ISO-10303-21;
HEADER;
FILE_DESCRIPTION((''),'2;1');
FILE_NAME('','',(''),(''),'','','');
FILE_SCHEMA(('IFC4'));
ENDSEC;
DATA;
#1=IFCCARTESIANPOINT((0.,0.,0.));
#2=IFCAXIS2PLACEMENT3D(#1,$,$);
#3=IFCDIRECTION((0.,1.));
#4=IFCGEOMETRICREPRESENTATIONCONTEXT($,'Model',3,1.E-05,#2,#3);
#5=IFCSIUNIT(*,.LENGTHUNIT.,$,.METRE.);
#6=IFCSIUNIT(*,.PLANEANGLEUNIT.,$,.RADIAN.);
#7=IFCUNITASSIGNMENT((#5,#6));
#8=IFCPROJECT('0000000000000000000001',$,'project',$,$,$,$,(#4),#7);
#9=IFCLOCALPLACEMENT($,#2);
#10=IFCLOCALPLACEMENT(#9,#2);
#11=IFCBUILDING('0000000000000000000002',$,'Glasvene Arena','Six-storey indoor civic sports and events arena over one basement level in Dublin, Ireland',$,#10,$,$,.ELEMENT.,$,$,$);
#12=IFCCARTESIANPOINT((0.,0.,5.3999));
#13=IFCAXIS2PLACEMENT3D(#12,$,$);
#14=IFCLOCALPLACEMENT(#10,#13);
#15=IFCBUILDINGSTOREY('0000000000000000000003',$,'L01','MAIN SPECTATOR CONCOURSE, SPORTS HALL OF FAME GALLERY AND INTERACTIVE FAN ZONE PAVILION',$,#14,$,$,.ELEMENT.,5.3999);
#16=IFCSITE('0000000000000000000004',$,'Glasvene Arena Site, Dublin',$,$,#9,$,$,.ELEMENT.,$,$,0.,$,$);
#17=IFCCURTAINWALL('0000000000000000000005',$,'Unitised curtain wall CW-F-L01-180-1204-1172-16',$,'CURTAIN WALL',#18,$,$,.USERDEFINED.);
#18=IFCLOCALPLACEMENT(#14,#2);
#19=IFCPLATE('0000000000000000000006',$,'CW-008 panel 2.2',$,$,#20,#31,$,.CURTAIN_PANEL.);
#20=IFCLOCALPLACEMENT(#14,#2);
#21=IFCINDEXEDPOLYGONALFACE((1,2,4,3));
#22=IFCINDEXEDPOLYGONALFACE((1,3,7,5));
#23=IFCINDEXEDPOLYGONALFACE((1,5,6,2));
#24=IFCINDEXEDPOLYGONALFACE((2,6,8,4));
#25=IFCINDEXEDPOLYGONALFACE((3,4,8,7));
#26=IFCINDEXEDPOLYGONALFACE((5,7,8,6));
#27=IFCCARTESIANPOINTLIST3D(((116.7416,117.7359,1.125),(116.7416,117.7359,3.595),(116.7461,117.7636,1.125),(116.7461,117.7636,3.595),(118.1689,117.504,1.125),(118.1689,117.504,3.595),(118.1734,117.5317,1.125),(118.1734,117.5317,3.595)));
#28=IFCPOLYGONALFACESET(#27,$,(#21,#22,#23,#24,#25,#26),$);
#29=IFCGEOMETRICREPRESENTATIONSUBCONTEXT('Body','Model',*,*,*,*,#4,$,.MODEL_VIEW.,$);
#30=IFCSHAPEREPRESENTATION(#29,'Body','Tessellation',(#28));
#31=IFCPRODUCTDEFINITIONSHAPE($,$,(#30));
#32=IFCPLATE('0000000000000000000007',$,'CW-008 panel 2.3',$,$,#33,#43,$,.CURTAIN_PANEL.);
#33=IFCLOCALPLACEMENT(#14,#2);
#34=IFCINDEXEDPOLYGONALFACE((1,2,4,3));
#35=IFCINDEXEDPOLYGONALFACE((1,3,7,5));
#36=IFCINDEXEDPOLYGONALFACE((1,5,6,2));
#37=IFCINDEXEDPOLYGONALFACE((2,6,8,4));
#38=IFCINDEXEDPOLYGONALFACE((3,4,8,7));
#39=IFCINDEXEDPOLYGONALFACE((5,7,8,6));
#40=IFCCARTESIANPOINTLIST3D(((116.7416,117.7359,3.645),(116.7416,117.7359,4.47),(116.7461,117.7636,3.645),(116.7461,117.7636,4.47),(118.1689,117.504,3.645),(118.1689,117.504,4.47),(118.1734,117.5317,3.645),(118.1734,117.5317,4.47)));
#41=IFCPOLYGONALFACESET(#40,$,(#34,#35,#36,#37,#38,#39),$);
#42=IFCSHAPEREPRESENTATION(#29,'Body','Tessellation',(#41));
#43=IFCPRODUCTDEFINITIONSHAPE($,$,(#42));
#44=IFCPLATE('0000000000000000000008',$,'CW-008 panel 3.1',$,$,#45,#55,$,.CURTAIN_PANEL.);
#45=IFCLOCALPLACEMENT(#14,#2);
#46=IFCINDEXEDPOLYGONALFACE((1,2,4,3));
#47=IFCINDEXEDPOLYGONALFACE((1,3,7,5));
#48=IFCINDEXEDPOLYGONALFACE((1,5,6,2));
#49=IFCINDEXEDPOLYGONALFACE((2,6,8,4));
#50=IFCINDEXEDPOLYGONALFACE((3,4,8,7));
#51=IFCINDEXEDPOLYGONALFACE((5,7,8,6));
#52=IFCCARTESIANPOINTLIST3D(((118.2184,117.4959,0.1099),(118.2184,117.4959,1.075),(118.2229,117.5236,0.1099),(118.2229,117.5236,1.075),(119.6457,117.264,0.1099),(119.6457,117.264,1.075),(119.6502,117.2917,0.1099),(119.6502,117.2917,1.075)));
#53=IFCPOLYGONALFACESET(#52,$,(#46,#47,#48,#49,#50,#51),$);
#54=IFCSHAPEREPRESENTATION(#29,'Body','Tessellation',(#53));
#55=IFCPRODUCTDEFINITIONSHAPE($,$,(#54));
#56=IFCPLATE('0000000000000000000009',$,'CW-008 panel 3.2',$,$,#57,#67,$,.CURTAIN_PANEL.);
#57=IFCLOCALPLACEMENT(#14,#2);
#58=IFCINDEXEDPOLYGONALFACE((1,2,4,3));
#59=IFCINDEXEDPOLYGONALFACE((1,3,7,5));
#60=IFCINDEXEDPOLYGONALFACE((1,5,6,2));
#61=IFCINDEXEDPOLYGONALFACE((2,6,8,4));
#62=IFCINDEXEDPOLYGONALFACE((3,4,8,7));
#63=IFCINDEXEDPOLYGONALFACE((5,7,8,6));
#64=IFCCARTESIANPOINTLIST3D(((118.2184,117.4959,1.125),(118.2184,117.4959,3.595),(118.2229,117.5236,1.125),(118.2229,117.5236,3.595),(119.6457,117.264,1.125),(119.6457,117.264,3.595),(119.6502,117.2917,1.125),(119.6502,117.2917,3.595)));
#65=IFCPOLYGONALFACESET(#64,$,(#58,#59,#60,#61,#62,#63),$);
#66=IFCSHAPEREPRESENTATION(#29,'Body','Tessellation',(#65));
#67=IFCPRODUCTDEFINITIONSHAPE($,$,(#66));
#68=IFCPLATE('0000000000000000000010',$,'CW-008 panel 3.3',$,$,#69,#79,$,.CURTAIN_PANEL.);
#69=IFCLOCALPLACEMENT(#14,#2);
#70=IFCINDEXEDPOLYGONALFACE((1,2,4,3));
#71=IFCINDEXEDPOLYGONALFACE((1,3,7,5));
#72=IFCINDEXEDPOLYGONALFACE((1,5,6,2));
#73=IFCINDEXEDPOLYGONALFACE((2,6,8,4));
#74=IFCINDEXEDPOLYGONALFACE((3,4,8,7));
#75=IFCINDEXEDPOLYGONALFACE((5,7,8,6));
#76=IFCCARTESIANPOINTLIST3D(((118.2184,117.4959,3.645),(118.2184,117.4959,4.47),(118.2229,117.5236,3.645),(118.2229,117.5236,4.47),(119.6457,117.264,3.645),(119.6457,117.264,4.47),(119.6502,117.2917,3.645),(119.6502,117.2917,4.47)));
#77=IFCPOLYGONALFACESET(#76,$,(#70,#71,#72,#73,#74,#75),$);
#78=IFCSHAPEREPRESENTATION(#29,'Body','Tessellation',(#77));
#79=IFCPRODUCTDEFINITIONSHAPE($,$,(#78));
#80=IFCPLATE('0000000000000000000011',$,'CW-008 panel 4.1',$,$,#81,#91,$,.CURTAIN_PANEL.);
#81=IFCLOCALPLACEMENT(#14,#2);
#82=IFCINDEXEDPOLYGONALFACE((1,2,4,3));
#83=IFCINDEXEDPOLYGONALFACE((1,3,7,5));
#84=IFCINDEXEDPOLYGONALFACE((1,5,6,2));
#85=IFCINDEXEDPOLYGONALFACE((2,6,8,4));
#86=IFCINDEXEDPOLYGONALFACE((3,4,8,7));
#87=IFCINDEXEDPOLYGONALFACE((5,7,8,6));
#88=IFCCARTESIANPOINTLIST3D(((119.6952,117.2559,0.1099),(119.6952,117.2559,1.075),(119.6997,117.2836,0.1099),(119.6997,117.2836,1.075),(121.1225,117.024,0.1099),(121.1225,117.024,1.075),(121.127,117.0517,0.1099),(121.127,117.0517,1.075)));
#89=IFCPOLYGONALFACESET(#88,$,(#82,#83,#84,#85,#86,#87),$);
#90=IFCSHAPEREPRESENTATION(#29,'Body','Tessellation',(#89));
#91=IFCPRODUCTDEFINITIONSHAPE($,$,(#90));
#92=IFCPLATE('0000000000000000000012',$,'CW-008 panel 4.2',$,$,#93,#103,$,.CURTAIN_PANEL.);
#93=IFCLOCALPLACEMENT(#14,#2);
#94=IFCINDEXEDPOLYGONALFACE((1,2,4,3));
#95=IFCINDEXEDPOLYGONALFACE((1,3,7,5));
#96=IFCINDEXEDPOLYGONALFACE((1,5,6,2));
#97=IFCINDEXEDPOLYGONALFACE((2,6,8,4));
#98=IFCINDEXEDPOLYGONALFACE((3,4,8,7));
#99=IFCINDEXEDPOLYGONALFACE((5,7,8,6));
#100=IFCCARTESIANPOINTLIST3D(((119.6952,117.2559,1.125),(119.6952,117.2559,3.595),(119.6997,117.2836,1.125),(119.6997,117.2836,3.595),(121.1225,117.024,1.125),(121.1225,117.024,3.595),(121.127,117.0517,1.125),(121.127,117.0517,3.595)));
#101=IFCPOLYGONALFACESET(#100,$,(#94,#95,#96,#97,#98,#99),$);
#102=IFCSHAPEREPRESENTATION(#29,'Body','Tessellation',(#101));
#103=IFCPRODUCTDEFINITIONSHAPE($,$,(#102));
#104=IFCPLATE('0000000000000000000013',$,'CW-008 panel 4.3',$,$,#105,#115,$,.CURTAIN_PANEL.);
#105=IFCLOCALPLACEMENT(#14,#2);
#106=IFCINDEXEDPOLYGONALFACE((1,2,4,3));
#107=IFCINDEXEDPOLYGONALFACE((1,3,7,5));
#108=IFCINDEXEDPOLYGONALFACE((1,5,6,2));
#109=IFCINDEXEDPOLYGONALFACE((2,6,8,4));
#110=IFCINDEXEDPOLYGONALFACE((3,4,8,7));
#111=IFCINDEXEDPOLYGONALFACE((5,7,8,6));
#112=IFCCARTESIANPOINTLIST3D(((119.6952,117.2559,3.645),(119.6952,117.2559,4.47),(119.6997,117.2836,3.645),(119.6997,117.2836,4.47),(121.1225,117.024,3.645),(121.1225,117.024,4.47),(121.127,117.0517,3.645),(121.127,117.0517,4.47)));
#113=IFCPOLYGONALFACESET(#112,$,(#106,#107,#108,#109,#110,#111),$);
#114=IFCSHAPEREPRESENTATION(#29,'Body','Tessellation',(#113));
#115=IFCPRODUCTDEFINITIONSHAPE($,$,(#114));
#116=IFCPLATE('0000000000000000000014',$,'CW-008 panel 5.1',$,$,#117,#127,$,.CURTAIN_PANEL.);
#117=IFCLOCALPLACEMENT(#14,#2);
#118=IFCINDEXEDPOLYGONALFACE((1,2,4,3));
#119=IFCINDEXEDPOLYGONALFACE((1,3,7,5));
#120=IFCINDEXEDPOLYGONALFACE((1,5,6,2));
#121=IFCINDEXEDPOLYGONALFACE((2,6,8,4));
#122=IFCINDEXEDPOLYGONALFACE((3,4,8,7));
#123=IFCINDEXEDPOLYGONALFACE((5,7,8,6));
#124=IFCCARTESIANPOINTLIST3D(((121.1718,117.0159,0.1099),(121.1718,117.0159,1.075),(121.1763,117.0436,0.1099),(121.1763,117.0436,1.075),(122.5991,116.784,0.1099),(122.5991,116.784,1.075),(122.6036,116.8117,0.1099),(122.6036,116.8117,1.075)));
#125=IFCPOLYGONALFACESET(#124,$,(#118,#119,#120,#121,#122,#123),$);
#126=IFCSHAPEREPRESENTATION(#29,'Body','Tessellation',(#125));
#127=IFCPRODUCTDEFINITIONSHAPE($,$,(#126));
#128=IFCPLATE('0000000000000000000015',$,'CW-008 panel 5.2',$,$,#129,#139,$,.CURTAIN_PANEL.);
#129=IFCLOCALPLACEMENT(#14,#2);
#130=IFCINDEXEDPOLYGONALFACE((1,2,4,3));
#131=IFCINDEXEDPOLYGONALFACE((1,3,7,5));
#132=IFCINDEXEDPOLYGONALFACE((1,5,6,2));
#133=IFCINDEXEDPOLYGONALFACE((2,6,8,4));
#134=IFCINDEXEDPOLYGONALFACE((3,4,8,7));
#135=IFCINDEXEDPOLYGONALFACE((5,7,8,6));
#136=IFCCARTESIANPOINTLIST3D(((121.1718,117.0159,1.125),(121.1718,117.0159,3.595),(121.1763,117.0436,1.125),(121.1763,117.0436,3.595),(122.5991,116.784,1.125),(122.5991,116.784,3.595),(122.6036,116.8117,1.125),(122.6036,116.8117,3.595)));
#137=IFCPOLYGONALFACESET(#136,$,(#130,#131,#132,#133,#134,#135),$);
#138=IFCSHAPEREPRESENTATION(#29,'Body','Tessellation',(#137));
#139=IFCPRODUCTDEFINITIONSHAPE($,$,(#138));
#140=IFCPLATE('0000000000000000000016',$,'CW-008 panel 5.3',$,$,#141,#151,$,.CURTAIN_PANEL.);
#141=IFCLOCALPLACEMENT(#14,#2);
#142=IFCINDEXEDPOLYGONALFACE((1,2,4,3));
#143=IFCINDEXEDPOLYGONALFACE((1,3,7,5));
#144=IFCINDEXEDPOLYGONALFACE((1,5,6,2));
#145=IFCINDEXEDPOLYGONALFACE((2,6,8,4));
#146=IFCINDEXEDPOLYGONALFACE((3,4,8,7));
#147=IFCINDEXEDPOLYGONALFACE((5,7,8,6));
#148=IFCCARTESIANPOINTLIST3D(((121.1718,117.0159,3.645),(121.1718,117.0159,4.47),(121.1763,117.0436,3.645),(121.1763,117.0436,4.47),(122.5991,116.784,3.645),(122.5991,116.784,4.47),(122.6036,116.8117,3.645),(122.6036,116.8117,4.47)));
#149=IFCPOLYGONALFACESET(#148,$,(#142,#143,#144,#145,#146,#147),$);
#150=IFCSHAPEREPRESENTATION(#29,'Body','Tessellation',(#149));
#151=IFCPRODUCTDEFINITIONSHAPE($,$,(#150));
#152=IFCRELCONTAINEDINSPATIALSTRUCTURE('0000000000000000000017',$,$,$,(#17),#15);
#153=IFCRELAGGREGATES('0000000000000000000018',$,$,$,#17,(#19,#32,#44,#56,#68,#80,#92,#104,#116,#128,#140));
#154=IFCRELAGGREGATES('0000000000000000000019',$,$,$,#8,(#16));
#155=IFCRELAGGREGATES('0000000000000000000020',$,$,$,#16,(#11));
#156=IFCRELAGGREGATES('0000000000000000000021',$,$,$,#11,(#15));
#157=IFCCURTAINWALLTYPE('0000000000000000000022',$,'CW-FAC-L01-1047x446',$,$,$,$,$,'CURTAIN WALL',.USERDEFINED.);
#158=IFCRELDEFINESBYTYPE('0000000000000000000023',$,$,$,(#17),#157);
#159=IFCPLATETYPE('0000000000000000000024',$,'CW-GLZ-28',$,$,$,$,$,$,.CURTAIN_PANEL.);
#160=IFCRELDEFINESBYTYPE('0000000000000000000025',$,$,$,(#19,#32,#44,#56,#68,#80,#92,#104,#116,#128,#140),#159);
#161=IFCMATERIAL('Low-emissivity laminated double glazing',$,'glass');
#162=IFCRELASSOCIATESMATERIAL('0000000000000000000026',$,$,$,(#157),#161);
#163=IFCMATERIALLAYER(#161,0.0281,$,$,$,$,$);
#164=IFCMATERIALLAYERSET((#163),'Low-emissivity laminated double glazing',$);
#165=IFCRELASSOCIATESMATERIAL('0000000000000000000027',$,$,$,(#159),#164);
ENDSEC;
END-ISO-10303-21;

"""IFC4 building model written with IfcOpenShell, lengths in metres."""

from ifc_helpers import new_model, si_unit, direction, frame, origin, origin_2d, place, context, subcontext, project, spatial, rectangle, extrude, material, layer, layer_set, type_object, element, aggregate, save


model = new_model("IFC4")

# Units and contexts
model_context = context("Model", 3, precision=1e-05, world=origin(), true_north=direction((0.0, 1.0)))
body_context = subcontext(model_context, "Body", "Model", "MODEL_VIEW")
ifc_project = project(units=[si_unit("LENGTHUNIT", "METRE"), si_unit("PLANEANGLEUNIT", "RADIAN")], contexts=[model_context])

# Site, building, storey
site_placement = place(None, origin())
site = spatial("IfcSite", under=ifc_project, at=site_placement, Name="Glasvene Arena Site, Dublin", CompositionType="ELEMENT", RefElevation=0.0)
building_placement = place(site_placement, origin())
building = spatial("IfcBuilding", under=site, at=building_placement, Name="Glasvene Arena", Description="Six-storey indoor civic sports and events arena over one basement level in Dublin, Ireland", CompositionType="ELEMENT")
storey_placement = place(building_placement, frame((0.0, 0.0, 5.3999)))
storey = spatial("IfcBuildingStorey", under=building, at=storey_placement, Name="L01", Description="MAIN SPECTATOR CONCOURSE, SPORTS HALL OF FAME GALLERY AND INTERACTIVE FAN ZONE PAVILION", CompositionType="ELEMENT", Elevation=5.3999)

# Curtain wall, plates
ifc_material_1 = material(Name="Low-emissivity laminated double glazing", Category="glass")
curtain_wall_type = type_object("IfcCurtainWallType", Name="CW-FAC-L01-1047x446", ElementType="CURTAIN WALL", PredefinedType="USERDEFINED", material=ifc_material_1)
curtain_wall_placement = place(storey_placement, frame((115.2424, 117.9937, 0.0)))
curtain_wall = element("IfcCurtainWall", 1, at=curtain_wall_placement, inside=storey, type_object=curtain_wall_type, Name="Unitised curtain wall CW-F-L01-180-1204-1172-16", ObjectType="CURTAIN WALL", PredefinedType="USERDEFINED")
ifc_layer = layer(ifc_material_1, 0.0281)
ifc_layer_set = layer_set([ifc_layer], Name="Low-emissivity laminated double glazing")
plate_type = type_object("IfcPlateType", Name="CW-GLZ-28", PredefinedType="CURTAIN_PANEL", material=ifc_layer_set)
plate_1_placement = place(storey_placement, frame((117.4575, 117.6338, 1.125), z_axis=(0.0, 0.0, 1.0), x_axis=(0.987057, -0.160367, 0.0)))
plate_1 = element("IfcPlate", 2, at=plate_1_placement, type_object=plate_type, Name="CW-008 panel 2.2", PredefinedType="CURTAIN_PANEL", context=body_context, shape_type="SweptSolid", body=[
    extrude(rectangle(XDim=1.446, YDim=0.0281, at=origin_2d()), origin(), (0.0, 0.0, 1.0), 2.47),
])
plate_2_placement = place(storey_placement, frame((117.4575, 117.6338, 3.645), z_axis=(0.0, 0.0, 1.0), x_axis=(0.987057, -0.160367, 0.0)))
plate_2 = element("IfcPlate", 3, at=plate_2_placement, type_object=plate_type, Name="CW-008 panel 2.3", PredefinedType="CURTAIN_PANEL", context=body_context, shape_type="SweptSolid", body=[
    extrude(rectangle(XDim=1.446, YDim=0.0281, at=origin_2d()), origin(), (0.0, 0.0, 1.0), 0.825),
])
plate_3_placement = place(storey_placement, frame((118.9343, 117.3938, 0.1099), z_axis=(0.0, 0.0, 1.0), x_axis=(0.987057, -0.160367, 0.0)))
plate_3 = element("IfcPlate", 4, at=plate_3_placement, type_object=plate_type, Name="CW-008 panel 3.1", PredefinedType="CURTAIN_PANEL", context=body_context, shape_type="SweptSolid", body=[
    extrude(rectangle(XDim=1.446, YDim=0.0281, at=origin_2d()), origin(), (0.0, 0.0, 1.0), 0.9651),
])
plate_4_placement = place(storey_placement, frame((118.9343, 117.3938, 1.125), z_axis=(0.0, 0.0, 1.0), x_axis=(0.987057, -0.160367, 0.0)))
plate_4 = element("IfcPlate", 5, at=plate_4_placement, type_object=plate_type, Name="CW-008 panel 3.2", PredefinedType="CURTAIN_PANEL", context=body_context, shape_type="SweptSolid", body=[
    extrude(rectangle(XDim=1.446, YDim=0.0281, at=origin_2d()), origin(), (0.0, 0.0, 1.0), 2.47),
])
plate_5_placement = place(storey_placement, frame((118.9343, 117.3938, 3.645), z_axis=(0.0, 0.0, 1.0), x_axis=(0.987057, -0.160367, 0.0)))
plate_5 = element("IfcPlate", 6, at=plate_5_placement, type_object=plate_type, Name="CW-008 panel 3.3", PredefinedType="CURTAIN_PANEL", context=body_context, shape_type="SweptSolid", body=[
    extrude(rectangle(XDim=1.446, YDim=0.0281, at=origin_2d()), origin(), (0.0, 0.0, 1.0), 0.825),
])
plate_6_placement = place(storey_placement, frame((120.4111, 117.1538, 0.1099), z_axis=(0.0, 0.0, 1.0), x_axis=(0.987057, -0.160367, 0.0)))
plate_6 = element("IfcPlate", 7, at=plate_6_placement, type_object=plate_type, Name="CW-008 panel 4.1", PredefinedType="CURTAIN_PANEL", context=body_context, shape_type="SweptSolid", body=[
    extrude(rectangle(XDim=1.446, YDim=0.0281, at=origin_2d()), origin(), (0.0, 0.0, 1.0), 0.9651),
])
plate_7_placement = place(storey_placement, frame((120.4111, 117.1538, 1.125), z_axis=(0.0, 0.0, 1.0), x_axis=(0.987057, -0.160367, 0.0)))
plate_7 = element("IfcPlate", 8, at=plate_7_placement, type_object=plate_type, Name="CW-008 panel 4.2", PredefinedType="CURTAIN_PANEL", context=body_context, shape_type="SweptSolid", body=[
    extrude(rectangle(XDim=1.446, YDim=0.0281, at=origin_2d()), origin(), (0.0, 0.0, 1.0), 2.47),
])
plate_8_placement = place(storey_placement, frame((120.4111, 117.1538, 3.645), z_axis=(0.0, 0.0, 1.0), x_axis=(0.987057, -0.160367, 0.0)))
plate_8 = element("IfcPlate", 9, at=plate_8_placement, type_object=plate_type, Name="CW-008 panel 4.3", PredefinedType="CURTAIN_PANEL", context=body_context, shape_type="SweptSolid", body=[
    extrude(rectangle(XDim=1.446, YDim=0.0281, at=origin_2d()), origin(), (0.0, 0.0, 1.0), 0.825),
])
plate_9_placement = place(storey_placement, frame((121.8877, 116.9138, 0.1099), z_axis=(0.0, 0.0, 1.0), x_axis=(0.987057, -0.160367, 0.0)))
plate_9 = element("IfcPlate", 10, at=plate_9_placement, type_object=plate_type, Name="CW-008 panel 5.1", PredefinedType="CURTAIN_PANEL", context=body_context, shape_type="SweptSolid", body=[
    extrude(rectangle(XDim=1.446, YDim=0.0281, at=origin_2d()), origin(), (0.0, 0.0, 1.0), 0.9651),
])
plate_10_placement = place(storey_placement, frame((121.8877, 116.9138, 1.125), z_axis=(0.0, 0.0, 1.0), x_axis=(0.987057, -0.160367, 0.0)))
plate_10 = element("IfcPlate", 11, at=plate_10_placement, type_object=plate_type, Name="CW-008 panel 5.2", PredefinedType="CURTAIN_PANEL", context=body_context, shape_type="SweptSolid", body=[
    extrude(rectangle(XDim=1.446, YDim=0.0281, at=origin_2d()), origin(), (0.0, 0.0, 1.0), 2.47),
])
plate_11_placement = place(storey_placement, frame((121.8877, 116.9138, 3.645), z_axis=(0.0, 0.0, 1.0), x_axis=(0.987057, -0.160367, 0.0)))
plate_11 = element("IfcPlate", 12, at=plate_11_placement, type_object=plate_type, Name="CW-008 panel 5.3", PredefinedType="CURTAIN_PANEL", context=body_context, shape_type="SweptSolid", body=[
    extrude(rectangle(XDim=1.446, YDim=0.0281, at=origin_2d()), origin(), (0.0, 0.0, 1.0), 0.825),
])
aggregate(curtain_wall, [plate_1, plate_2, plate_3, plate_4, plate_5, plate_6, plate_7, plate_8, plate_9, plate_10, plate_11])

save(model, "model.ifc")
